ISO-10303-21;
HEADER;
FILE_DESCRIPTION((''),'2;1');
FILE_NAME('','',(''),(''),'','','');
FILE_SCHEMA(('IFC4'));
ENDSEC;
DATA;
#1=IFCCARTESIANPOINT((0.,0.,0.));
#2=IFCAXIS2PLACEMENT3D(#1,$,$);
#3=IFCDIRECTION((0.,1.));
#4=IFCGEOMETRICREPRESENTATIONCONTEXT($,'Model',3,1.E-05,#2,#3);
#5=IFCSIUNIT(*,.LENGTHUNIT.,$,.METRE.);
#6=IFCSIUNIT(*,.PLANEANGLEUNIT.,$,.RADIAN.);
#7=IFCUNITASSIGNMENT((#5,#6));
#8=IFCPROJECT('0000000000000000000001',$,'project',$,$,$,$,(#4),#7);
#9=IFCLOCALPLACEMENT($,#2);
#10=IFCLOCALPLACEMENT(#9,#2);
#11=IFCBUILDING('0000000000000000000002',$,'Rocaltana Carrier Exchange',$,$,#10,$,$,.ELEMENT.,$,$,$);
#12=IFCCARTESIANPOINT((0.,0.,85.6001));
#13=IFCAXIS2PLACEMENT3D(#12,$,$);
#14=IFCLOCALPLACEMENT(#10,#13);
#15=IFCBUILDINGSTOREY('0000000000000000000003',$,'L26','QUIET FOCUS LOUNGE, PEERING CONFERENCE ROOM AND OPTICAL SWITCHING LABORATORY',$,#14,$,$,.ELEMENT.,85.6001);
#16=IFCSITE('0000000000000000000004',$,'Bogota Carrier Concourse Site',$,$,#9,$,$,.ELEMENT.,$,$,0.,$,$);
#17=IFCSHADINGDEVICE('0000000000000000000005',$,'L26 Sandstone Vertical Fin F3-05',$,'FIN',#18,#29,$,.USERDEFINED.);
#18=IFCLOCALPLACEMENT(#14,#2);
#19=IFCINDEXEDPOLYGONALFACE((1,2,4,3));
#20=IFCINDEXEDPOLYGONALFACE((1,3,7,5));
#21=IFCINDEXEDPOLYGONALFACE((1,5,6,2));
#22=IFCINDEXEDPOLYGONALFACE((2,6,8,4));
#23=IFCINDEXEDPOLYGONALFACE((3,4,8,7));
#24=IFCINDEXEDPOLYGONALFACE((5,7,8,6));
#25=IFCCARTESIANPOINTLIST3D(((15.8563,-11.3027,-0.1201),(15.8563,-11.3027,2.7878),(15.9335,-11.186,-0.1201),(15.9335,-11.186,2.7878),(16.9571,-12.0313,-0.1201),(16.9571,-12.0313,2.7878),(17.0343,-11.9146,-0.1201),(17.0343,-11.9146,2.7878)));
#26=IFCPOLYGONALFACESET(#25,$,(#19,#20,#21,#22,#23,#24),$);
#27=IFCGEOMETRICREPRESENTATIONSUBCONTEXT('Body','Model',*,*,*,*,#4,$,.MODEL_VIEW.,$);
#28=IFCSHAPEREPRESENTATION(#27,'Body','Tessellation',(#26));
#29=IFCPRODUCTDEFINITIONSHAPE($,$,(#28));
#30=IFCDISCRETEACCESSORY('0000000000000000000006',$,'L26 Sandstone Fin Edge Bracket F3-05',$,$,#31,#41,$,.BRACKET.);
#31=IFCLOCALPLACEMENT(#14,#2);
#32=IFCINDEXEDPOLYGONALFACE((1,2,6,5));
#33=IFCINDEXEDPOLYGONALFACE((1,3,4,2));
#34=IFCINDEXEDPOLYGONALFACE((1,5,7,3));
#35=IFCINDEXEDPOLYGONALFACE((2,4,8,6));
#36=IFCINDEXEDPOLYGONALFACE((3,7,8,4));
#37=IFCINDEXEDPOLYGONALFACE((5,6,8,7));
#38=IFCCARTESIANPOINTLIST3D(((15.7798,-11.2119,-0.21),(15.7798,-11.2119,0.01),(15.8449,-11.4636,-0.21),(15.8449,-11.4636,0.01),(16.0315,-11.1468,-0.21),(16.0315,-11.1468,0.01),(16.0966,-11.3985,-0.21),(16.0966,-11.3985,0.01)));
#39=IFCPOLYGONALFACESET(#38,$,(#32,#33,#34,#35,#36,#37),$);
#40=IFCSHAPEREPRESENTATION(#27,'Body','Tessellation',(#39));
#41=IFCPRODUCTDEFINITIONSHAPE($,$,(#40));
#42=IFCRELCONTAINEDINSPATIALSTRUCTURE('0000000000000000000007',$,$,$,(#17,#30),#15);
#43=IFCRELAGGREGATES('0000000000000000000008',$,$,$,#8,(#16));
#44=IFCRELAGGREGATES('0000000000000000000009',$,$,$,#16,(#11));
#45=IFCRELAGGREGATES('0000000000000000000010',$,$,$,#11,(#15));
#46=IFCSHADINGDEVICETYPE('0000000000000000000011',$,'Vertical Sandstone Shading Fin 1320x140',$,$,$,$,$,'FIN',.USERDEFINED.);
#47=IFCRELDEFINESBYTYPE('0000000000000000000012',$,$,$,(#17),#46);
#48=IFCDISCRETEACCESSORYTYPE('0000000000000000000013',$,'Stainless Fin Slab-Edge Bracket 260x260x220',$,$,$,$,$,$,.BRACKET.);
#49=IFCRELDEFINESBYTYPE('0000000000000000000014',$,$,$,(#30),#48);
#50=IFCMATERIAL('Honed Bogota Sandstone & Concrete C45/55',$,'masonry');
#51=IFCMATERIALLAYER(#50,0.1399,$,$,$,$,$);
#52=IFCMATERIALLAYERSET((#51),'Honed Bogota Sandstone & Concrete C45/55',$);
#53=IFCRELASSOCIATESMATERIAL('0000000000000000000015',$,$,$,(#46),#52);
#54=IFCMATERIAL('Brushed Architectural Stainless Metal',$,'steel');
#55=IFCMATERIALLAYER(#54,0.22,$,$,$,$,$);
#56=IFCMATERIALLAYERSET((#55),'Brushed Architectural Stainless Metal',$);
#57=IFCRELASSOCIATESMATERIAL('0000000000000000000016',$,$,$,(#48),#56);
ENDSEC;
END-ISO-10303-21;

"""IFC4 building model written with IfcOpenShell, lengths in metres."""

from ifc_helpers import new_model, si_unit, direction, frame, origin, origin_2d, place, context, subcontext, project, spatial, rectangle, extrude, material, layer, layer_set, type_object, element, save


model = new_model("IFC4")

# Units and contexts
model_context = context("Model", 3, precision=1e-05, world=origin(), true_north=direction((0.0, 1.0)))
body_context = subcontext(model_context, "Body", "Model", "MODEL_VIEW")
ifc_project = project(units=[si_unit("LENGTHUNIT", "METRE"), si_unit("PLANEANGLEUNIT", "RADIAN")], contexts=[model_context])

# Site, building, storey
site_placement = place(None, origin())
site = spatial("IfcSite", under=ifc_project, at=site_placement, Name="Bogota Carrier Concourse Site", CompositionType="ELEMENT", RefElevation=0.0)
building_placement = place(site_placement, origin())
building = spatial("IfcBuilding", under=site, at=building_placement, Name="Rocaltana Carrier Exchange", CompositionType="ELEMENT")
storey_placement = place(building_placement, frame((0.0, 0.0, 85.6001)))
storey = spatial("IfcBuildingStorey", under=building, at=storey_placement, Name="L26", Description="QUIET FOCUS LOUNGE, PEERING CONFERENCE ROOM AND OPTICAL SWITCHING LABORATORY", CompositionType="ELEMENT", Elevation=85.6001)

# Shading device
ifc_material_1 = material(Name="Honed Bogota Sandstone & Concrete C45/55", Category="masonry")
ifc_layer_1 = layer(ifc_material_1, 0.1399)
ifc_layer_set_1 = layer_set([ifc_layer_1], Name="Honed Bogota Sandstone & Concrete C45/55")
shading_device_type = type_object("IfcShadingDeviceType", Name="Vertical Sandstone Shading Fin 1320x140", ElementType="FIN", PredefinedType="USERDEFINED", material=ifc_layer_set_1)
shading_device_placement = place(storey_placement, frame((16.4453, -11.6086, -0.1201), z_axis=(0.0, 0.0, 1.0), x_axis=(0.833886, -0.551937, 0.0)))
element("IfcShadingDevice", 1, at=shading_device_placement, inside=storey, type_object=shading_device_type, Name="L26 Sandstone Vertical Fin F3-05", ObjectType="FIN", PredefinedType="USERDEFINED", context=body_context, shape_type="SweptSolid", body=[
    extrude(rectangle(XDim=1.3201, YDim=0.1399, at=origin_2d()), origin(), (0.0, 0.0, 1.0), 2.908),
])

# Discrete accessory
ifc_material_2 = material(Name="Brushed Architectural Stainless Metal", Category="steel")
ifc_layer_2 = layer(ifc_material_2, 0.22)
ifc_layer_set_2 = layer_set([ifc_layer_2], Name="Brushed Architectural Stainless Metal")
discrete_accessory_type = type_object("IfcDiscreteAccessoryType", Name="Stainless Fin Slab-Edge Bracket 260x260x220", PredefinedType="BRACKET", material=ifc_layer_set_2)
discrete_accessory_placement = place(storey_placement, frame((15.9382, -11.3052, -0.21), z_axis=(0.0, 0.0, 1.0), x_axis=(0.968148, 0.25038, 0.0)))
element("IfcDiscreteAccessory", 2, at=discrete_accessory_placement, inside=storey, type_object=discrete_accessory_type, Name="L26 Sandstone Fin Edge Bracket F3-05", PredefinedType="BRACKET", context=body_context, shape_type="SweptSolid", body=[
    extrude(rectangle(XDim=0.26, YDim=0.26, at=origin_2d()), origin(), (0.0, 0.0, 1.0), 0.22),
])

save(model, "model.ifc")
